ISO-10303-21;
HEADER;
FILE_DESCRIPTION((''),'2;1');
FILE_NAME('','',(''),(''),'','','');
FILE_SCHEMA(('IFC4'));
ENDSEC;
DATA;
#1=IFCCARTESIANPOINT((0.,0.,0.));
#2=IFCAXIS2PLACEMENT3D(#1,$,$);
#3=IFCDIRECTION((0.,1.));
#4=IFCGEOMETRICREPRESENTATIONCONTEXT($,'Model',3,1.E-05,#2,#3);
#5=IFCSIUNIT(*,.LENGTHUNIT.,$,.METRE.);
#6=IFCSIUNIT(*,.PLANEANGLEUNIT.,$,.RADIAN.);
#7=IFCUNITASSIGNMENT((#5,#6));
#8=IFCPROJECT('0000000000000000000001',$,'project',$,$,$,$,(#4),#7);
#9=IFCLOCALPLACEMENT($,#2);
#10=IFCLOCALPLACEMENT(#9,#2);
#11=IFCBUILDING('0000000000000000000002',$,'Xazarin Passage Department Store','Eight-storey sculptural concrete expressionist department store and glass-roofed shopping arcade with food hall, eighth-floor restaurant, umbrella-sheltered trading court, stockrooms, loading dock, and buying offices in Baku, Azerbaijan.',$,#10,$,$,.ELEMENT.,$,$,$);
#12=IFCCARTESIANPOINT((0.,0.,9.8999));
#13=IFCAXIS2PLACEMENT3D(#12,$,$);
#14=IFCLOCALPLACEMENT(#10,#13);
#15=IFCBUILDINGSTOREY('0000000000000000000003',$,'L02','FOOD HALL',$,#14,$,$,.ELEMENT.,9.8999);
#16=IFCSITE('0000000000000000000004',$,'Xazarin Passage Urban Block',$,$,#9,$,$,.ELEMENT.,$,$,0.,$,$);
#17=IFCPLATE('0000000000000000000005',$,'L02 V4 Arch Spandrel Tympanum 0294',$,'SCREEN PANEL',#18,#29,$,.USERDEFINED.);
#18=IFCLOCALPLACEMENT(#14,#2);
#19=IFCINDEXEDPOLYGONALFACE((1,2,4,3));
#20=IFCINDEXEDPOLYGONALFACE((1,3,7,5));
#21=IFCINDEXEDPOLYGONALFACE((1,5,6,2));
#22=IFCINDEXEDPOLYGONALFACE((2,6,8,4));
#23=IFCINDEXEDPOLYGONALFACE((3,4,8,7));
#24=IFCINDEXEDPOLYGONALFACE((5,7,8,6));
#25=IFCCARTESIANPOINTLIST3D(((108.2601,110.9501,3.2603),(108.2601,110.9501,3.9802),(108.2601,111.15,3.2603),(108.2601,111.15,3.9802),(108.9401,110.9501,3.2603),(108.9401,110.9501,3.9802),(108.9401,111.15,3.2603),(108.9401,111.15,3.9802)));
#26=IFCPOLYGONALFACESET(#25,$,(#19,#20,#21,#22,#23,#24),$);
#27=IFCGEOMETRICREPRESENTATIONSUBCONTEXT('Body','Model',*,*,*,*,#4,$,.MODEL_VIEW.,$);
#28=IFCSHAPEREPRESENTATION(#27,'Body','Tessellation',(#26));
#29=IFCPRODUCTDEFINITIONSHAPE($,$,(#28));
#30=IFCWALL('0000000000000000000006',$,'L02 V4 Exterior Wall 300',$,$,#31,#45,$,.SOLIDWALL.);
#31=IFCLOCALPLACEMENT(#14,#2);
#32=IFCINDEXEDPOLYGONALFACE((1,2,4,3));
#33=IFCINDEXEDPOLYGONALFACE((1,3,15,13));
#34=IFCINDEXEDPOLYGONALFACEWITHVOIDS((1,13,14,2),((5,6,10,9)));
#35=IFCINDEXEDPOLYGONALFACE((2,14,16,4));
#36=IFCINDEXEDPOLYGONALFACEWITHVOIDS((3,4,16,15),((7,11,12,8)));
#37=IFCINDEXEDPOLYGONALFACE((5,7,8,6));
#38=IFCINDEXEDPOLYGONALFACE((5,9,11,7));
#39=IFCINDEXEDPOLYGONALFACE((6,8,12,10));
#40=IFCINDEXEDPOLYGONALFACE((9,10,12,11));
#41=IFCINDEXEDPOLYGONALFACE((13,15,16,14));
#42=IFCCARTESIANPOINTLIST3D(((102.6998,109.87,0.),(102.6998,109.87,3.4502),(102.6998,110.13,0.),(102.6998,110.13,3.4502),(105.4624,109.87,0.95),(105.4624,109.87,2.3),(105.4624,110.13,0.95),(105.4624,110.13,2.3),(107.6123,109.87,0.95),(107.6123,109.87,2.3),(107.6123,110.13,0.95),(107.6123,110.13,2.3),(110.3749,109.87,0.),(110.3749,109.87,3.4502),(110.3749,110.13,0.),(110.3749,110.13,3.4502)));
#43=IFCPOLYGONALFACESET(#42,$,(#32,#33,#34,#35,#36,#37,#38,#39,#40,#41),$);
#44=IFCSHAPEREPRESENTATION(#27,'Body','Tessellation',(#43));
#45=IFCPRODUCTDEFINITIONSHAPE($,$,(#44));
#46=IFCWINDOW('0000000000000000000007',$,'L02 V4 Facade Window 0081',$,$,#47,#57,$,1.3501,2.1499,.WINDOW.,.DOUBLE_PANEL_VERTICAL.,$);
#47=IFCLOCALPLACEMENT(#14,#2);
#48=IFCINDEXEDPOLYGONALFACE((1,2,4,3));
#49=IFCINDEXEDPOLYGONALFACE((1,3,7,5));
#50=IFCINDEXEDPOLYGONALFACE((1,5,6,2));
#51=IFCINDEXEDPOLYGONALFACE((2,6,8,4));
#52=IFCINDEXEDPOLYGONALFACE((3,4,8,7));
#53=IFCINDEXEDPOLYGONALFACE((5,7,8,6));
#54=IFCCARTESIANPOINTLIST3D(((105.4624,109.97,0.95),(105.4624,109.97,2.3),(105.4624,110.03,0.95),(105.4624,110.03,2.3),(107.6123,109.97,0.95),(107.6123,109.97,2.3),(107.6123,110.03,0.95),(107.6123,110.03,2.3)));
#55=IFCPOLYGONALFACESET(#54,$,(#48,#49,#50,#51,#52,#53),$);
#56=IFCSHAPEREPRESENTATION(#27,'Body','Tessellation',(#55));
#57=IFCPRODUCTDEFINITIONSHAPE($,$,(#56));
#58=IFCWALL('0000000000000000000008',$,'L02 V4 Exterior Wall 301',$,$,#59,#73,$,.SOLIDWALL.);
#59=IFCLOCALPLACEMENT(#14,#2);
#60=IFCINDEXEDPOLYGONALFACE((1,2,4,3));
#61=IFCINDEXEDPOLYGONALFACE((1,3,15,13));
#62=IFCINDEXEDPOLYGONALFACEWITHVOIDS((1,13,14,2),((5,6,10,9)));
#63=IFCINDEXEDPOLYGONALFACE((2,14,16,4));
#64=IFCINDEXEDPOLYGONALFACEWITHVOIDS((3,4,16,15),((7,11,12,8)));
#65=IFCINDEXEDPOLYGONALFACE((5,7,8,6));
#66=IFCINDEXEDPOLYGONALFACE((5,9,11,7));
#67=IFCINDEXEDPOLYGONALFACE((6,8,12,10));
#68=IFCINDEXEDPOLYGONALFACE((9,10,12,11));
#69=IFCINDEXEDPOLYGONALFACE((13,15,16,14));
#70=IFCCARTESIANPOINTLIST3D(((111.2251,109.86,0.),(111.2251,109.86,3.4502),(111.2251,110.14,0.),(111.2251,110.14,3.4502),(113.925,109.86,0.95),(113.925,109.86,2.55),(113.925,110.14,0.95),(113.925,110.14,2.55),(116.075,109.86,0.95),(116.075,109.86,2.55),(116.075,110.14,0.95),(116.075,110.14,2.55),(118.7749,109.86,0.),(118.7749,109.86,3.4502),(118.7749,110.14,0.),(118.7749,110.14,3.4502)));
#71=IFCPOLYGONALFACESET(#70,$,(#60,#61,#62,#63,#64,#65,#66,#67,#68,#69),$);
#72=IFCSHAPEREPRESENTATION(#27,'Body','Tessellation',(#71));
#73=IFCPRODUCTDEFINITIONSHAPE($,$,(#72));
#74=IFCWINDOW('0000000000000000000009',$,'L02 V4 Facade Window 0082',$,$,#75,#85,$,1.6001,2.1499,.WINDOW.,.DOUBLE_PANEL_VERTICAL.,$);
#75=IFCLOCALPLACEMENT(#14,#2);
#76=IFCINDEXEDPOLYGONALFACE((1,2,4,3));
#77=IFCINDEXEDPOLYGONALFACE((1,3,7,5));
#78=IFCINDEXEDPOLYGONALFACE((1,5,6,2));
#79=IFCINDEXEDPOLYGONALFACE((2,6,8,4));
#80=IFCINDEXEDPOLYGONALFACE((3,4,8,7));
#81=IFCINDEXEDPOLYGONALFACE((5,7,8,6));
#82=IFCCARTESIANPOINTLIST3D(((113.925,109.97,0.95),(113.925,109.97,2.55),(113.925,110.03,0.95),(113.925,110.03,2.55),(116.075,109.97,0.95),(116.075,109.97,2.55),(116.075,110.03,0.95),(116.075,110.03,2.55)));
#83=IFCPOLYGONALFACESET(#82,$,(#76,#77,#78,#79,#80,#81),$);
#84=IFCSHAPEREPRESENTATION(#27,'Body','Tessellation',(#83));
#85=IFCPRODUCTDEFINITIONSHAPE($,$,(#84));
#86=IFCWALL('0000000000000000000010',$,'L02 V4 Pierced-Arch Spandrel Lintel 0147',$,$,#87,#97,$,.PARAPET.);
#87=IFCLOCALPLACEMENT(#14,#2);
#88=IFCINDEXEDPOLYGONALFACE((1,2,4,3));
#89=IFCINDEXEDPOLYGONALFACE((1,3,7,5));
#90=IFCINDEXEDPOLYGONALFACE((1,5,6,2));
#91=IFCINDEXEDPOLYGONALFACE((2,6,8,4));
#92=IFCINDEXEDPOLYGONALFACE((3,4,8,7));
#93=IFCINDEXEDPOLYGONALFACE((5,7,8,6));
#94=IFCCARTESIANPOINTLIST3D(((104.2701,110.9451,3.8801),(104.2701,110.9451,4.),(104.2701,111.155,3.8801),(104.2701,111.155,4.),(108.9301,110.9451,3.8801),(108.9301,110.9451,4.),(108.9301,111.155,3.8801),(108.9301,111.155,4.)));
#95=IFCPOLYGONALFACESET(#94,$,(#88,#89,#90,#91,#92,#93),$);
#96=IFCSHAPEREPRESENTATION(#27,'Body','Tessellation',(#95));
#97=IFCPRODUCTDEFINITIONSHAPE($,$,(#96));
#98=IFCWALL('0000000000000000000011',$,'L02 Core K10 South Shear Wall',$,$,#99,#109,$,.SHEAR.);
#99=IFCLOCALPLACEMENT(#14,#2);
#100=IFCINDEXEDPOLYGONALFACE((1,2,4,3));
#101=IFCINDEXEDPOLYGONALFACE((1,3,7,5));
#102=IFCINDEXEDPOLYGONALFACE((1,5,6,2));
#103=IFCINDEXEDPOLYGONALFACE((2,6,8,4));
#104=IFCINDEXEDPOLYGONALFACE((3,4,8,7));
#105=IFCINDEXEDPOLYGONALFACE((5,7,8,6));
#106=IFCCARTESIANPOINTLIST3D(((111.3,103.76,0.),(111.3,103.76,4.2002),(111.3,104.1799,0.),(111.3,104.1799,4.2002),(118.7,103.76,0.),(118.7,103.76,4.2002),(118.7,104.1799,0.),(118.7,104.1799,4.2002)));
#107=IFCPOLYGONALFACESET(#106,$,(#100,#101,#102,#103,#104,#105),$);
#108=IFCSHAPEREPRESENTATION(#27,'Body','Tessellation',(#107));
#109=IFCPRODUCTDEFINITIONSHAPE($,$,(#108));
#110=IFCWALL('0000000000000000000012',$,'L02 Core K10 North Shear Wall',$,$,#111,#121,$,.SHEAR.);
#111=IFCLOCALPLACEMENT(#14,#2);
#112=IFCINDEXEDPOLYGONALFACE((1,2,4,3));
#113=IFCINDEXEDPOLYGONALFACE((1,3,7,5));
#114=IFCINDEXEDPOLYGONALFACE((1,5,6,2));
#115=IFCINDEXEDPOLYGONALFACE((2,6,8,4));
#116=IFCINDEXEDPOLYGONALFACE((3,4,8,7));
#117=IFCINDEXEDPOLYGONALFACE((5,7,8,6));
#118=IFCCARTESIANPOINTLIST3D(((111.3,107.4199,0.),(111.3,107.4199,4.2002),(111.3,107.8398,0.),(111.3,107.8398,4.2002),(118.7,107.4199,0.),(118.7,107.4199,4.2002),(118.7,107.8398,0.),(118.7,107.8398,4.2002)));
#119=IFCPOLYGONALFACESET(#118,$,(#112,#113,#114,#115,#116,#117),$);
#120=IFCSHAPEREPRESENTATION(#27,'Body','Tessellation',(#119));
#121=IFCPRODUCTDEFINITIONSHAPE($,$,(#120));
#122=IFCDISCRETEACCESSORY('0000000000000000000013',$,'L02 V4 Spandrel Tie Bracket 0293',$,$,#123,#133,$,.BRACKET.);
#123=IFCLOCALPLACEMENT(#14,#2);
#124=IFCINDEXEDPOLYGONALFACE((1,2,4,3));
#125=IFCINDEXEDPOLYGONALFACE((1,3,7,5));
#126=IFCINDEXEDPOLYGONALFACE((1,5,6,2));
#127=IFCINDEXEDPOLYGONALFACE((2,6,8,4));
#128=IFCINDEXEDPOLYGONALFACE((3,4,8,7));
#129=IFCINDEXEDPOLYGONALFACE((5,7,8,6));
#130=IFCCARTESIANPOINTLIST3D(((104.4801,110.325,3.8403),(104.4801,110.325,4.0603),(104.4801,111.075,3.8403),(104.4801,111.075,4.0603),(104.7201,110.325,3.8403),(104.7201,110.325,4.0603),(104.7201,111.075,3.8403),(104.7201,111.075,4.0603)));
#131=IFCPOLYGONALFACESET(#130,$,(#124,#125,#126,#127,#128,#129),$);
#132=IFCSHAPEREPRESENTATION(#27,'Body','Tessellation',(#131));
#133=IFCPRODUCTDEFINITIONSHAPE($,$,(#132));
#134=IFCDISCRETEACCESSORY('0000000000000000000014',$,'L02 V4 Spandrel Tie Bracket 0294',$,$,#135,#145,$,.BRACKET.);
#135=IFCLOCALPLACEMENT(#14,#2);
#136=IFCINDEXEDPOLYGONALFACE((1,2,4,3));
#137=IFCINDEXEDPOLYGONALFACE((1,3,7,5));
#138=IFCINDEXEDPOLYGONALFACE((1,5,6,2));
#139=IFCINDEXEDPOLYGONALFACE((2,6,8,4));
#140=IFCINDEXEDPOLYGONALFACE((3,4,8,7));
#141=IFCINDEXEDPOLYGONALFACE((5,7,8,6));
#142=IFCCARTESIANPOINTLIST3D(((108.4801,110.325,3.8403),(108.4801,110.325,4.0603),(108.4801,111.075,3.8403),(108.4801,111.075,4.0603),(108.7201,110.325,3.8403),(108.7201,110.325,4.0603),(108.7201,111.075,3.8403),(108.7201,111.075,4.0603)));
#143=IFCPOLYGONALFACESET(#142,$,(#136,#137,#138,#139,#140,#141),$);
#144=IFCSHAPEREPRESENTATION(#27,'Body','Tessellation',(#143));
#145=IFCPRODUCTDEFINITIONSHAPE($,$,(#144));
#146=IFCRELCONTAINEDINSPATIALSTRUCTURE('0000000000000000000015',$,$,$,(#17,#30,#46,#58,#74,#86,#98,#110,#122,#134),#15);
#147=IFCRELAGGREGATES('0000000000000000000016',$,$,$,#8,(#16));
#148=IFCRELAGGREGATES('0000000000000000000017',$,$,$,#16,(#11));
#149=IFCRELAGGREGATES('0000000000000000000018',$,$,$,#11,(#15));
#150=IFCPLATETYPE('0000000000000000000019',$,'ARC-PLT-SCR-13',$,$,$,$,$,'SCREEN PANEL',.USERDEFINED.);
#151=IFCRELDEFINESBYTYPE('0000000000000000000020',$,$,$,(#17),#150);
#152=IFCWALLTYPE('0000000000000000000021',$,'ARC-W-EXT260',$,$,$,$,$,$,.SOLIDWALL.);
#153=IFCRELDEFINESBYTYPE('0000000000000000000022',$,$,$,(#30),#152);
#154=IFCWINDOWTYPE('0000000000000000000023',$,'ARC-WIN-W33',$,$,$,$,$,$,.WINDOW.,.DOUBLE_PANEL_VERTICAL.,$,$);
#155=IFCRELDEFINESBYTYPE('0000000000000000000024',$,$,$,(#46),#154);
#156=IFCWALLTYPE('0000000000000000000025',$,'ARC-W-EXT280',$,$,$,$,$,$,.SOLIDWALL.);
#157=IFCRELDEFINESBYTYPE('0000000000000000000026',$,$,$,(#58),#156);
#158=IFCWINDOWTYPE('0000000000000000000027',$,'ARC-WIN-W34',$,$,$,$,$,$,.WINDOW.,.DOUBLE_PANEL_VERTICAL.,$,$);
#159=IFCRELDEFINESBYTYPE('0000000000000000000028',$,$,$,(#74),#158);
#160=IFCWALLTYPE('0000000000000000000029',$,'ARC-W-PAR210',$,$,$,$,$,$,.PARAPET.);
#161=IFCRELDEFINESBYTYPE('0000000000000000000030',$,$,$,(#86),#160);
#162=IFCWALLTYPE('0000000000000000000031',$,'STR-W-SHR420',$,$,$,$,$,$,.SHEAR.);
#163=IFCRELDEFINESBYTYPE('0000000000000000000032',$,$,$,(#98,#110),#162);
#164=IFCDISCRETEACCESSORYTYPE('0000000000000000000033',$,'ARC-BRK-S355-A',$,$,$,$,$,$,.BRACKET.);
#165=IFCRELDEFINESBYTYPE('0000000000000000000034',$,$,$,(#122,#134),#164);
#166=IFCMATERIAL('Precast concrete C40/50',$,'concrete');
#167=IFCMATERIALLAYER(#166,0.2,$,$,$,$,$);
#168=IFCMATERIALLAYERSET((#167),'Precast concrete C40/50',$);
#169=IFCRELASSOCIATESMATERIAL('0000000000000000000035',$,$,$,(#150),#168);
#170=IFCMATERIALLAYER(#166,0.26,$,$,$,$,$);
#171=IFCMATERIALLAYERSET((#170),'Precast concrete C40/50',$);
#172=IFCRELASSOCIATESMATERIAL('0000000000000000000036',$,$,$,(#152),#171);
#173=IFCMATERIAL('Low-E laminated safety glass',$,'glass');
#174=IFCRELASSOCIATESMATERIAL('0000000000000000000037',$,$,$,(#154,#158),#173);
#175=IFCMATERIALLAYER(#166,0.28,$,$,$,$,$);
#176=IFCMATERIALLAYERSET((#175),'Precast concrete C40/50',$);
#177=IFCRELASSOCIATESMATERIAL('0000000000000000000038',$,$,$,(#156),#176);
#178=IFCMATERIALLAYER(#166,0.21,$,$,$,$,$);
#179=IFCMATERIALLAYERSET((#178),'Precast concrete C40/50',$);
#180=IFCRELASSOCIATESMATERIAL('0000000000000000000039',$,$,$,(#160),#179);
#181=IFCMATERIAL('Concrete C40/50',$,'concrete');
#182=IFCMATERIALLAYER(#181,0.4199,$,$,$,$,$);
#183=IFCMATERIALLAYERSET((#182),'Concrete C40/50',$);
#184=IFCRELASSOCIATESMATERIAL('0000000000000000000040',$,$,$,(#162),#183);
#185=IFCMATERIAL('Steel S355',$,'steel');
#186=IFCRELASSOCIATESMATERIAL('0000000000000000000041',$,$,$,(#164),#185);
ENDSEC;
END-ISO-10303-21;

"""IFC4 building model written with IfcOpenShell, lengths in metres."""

from ifc_helpers import new_model, si_unit, direction, frame, frame_2d, origin, origin_2d, place, context, subcontext, project, spatial, rectangle, extrude, material, layer, layer_set, type_object, element, fill, save


model = new_model("IFC4")

# Units and contexts
model_context = context("Model", 3, precision=1e-05, world=origin(), true_north=direction((0.0, 1.0)))
body_context = subcontext(model_context, "Body", "Model", "MODEL_VIEW")
ifc_project = project(units=[si_unit("LENGTHUNIT", "METRE"), si_unit("PLANEANGLEUNIT", "RADIAN")], contexts=[model_context])

# Site, building, storey
site_placement = place(None, origin())
site = spatial("IfcSite", under=ifc_project, at=site_placement, Name="Xazarin Passage Urban Block", CompositionType="ELEMENT", RefElevation=0.0)
building_placement = place(site_placement, origin())
building = spatial("IfcBuilding", under=site, at=building_placement, Name="Xazarin Passage Department Store", Description="Eight-storey sculptural concrete expressionist department store and glass-roofed shopping arcade with food hall, eighth-floor restaurant, umbrella-sheltered trading court, stockrooms, loading dock, and buying offices in Baku, Azerbaijan.", CompositionType="ELEMENT")
storey_placement = place(building_placement, frame((0.0, 0.0, 9.8999)))
storey = spatial("IfcBuildingStorey", under=building, at=storey_placement, Name="L02", Description="FOOD HALL", CompositionType="ELEMENT", Elevation=9.8999)

# Shared definitions
ifc_material_1 = material(Name="Concrete C40/50", Category="concrete")

# Plate
ifc_material_2 = material(Name="Precast concrete C40/50", Category="concrete")
ifc_layer_1 = layer(ifc_material_2, 0.2)
ifc_layer_set_1 = layer_set([ifc_layer_1], Name="Precast concrete C40/50")
plate_type = type_object("IfcPlateType", Name="ARC-PLT-SCR-13", ElementType="SCREEN PANEL", PredefinedType="USERDEFINED", material=ifc_layer_set_1)
for number, where, z_axis, x_axis, name in (
    (1, (108.6001, 111.05, 3.2603), (0.0, 0.0, 1.0), (1.0, 0.0, 0.0), "L02 V4 Arch Spandrel Tympanum 0294"),
):
    element("IfcPlate", number, at=place(storey_placement, frame(where, z_axis=z_axis, x_axis=x_axis)), inside=storey, type_object=plate_type, Name=name, ObjectType="SCREEN PANEL", PredefinedType="USERDEFINED", context=body_context, shape_type="SweptSolid", body=[
        extrude(rectangle(XDim=0.6799, YDim=0.2, at=origin_2d()), origin(), (0.0, 0.0, 1.0), 0.72),
    ])

# Walls, openings, windows
ifc_layer_2 = layer(ifc_material_2, 0.26)
ifc_layer_set_2 = layer_set([ifc_layer_2], Name="Precast concrete C40/50")
wall_type_1 = type_object("IfcWallType", Name="ARC-W-EXT260", PredefinedType="SOLIDWALL", material=ifc_layer_set_2)
wall_1_placement = place(storey_placement, frame((102.7, 110.0, 0.0), z_axis=(0.0, 0.0, 1.0), x_axis=(1.0, 0.0, 0.0)))
wall_1 = element("IfcWall", 2, at=wall_1_placement, inside=storey, type_object=wall_type_1, Name="L02 V4 Exterior Wall 300", PredefinedType="SOLIDWALL", context=body_context, shape_type="SweptSolid", body=[
    extrude(rectangle(XDim=7.675, YDim=0.26, at=frame_2d((3.8374, 0.0))), origin(), (0.0, 0.0, 1.0), 3.4502),
])
opening_1_placement = place(wall_1_placement, frame((2.7625, 0.0, 0.95)))
opening_1 = element("IfcOpeningElement", 3, at=opening_1_placement, cuts=wall_1, PredefinedType="OPENING", context=body_context, shape_type="SweptSolid", body=[
    extrude(rectangle(XDim=2.1499, YDim=1.3501, at=frame_2d((1.075, 0.675))), frame((0.0, 0.1399, 0.0), z_axis=(0.0, -1.0, 0.0), x_axis=(1.0, 0.0, 0.0)), (0.0, 0.0, 1.0), 0.28),
])
ifc_material_3 = material(Name="Low-E laminated safety glass", Category="glass")
window_type_1 = type_object("IfcWindowType", Name="ARC-WIN-W33", PartitioningType="DOUBLE_PANEL_VERTICAL", PredefinedType="WINDOW", material=ifc_material_3)
window_1_placement = place(opening_1_placement, origin())
window_1 = element("IfcWindow", 4, at=window_1_placement, inside=storey, type_object=window_type_1, Name="L02 V4 Facade Window 0081", OverallHeight=1.3501, OverallWidth=2.1499, PartitioningType="DOUBLE_PANEL_VERTICAL", PredefinedType="WINDOW", context=body_context, shape_type="SweptSolid", body=[
    extrude(rectangle(XDim=2.1499, YDim=1.3501, at=frame_2d((1.075, 0.675))), frame((0.0, 0.03, 0.0), z_axis=(0.0, -1.0, 0.0), x_axis=(1.0, 0.0, 0.0)), (0.0, 0.0, 1.0), 0.0601),
])
fill(opening_1, window_1)
ifc_layer_3 = layer(ifc_material_2, 0.28)
ifc_layer_set_3 = layer_set([ifc_layer_3], Name="Precast concrete C40/50")
wall_type_2 = type_object("IfcWallType", Name="ARC-W-EXT280", PredefinedType="SOLIDWALL", material=ifc_layer_set_3)
wall_2_placement = place(storey_placement, frame((111.2251, 110.0, 0.0), z_axis=(0.0, 0.0, 1.0), x_axis=(1.0, 0.0, 0.0)))
wall_2 = element("IfcWall", 5, at=wall_2_placement, inside=storey, type_object=wall_type_2, Name="L02 V4 Exterior Wall 301", PredefinedType="SOLIDWALL", context=body_context, shape_type="SweptSolid", body=[
    extrude(rectangle(XDim=7.5498, YDim=0.28, at=frame_2d((3.7749, 0.0))), origin(), (0.0, 0.0, 1.0), 3.4502),
])
opening_2_placement = place(wall_2_placement, frame((2.7, 0.0, 0.95)))
opening_2 = element("IfcOpeningElement", 6, at=opening_2_placement, cuts=wall_2, PredefinedType="OPENING", context=body_context, shape_type="SweptSolid", body=[
    extrude(rectangle(XDim=2.1499, YDim=1.6001, at=frame_2d((1.075, 0.8))), frame((0.0, 0.1499, 0.0), z_axis=(0.0, -1.0, 0.0), x_axis=(1.0, 0.0, 0.0)), (0.0, 0.0, 1.0), 0.3),
])
window_type_2 = type_object("IfcWindowType", Name="ARC-WIN-W34", PartitioningType="DOUBLE_PANEL_VERTICAL", PredefinedType="WINDOW", material=ifc_material_3)
window_2_placement = place(opening_2_placement, origin())
window_2 = element("IfcWindow", 7, at=window_2_placement, inside=storey, type_object=window_type_2, Name="L02 V4 Facade Window 0082", OverallHeight=1.6001, OverallWidth=2.1499, PartitioningType="DOUBLE_PANEL_VERTICAL", PredefinedType="WINDOW", context=body_context, shape_type="SweptSolid", body=[
    extrude(rectangle(XDim=2.1499, YDim=1.6001, at=frame_2d((1.075, 0.8))), frame((0.0, 0.03, 0.0), z_axis=(0.0, -1.0, 0.0), x_axis=(1.0, 0.0, 0.0)), (0.0, 0.0, 1.0), 0.0601),
])
fill(opening_2, window_2)

# Wall
ifc_layer_4 = layer(ifc_material_2, 0.21)
ifc_layer_set_4 = layer_set([ifc_layer_4], Name="Precast concrete C40/50")
wall_type_3 = type_object("IfcWallType", Name="ARC-W-PAR210", PredefinedType="PARAPET", material=ifc_layer_set_4)
wall_3_placement = place(storey_placement, frame((104.27, 111.05, 3.8801), z_axis=(0.0, 0.0, 1.0), x_axis=(1.0, 0.0, 0.0)))
element("IfcWall", 8, at=wall_3_placement, inside=storey, type_object=wall_type_3, Name="L02 V4 Pierced-Arch Spandrel Lintel 0147", PredefinedType="PARAPET", context=body_context, shape_type="SweptSolid", body=[
    extrude(rectangle(XDim=4.6599, YDim=0.21, at=frame_2d((2.3301, 0.0))), origin(), (0.0, 0.0, 1.0), 0.1199),
])

# Shared definitions
ifc_layer_5 = layer(ifc_material_1, 0.4199)
ifc_layer_set_5 = layer_set([ifc_layer_5], Name="Concrete C40/50")
wall_type_4 = type_object("IfcWallType", Name="STR-W-SHR420", PredefinedType="SHEAR", material=ifc_layer_set_5)
ifc_material_4 = material(Name="Steel S355", Category="steel")

# Walls
for number, where, z_axis, x_axis, name in (
    (9, (111.3, 103.97, 0.0), (0.0, 0.0, 1.0), (1.0, 0.0, 0.0), "L02 Core K10 South Shear Wall"),
    (10, (111.3, 107.6299, 0.0), (0.0, 0.0, 1.0), (1.0, 0.0, 0.0), "L02 Core K10 North Shear Wall"),
):
    element("IfcWall", number, at=place(storey_placement, frame(where, z_axis=z_axis, x_axis=x_axis)), inside=storey, type_object=wall_type_4, Name=name, PredefinedType="SHEAR", context=body_context, shape_type="SweptSolid", body=[
        extrude(rectangle(XDim=7.3999, YDim=0.4199, at=frame_2d((3.7, 0.0))), origin(), (0.0, 0.0, 1.0), 4.2002),
    ])

# Discrete accessories
discrete_accessory_type = type_object("IfcDiscreteAccessoryType", Name="ARC-BRK-S355-A", PredefinedType="BRACKET", material=ifc_material_4)
for number, where, z_axis, x_axis, name in (
    (11, (104.6001, 110.7, 3.8403), (0.0, 0.0, 1.0), (1.0, 0.0, 0.0), "L02 V4 Spandrel Tie Bracket 0293"),
    (12, (108.6001, 110.7, 3.8403), (0.0, 0.0, 1.0), (1.0, 0.0, 0.0), "L02 V4 Spandrel Tie Bracket 0294"),
):
    element("IfcDiscreteAccessory", number, at=place(storey_placement, frame(where, z_axis=z_axis, x_axis=x_axis)), inside=storey, type_object=discrete_accessory_type, Name=name, PredefinedType="BRACKET", context=body_context, shape_type="SweptSolid", body=[
        extrude(rectangle(XDim=0.24, YDim=0.75, at=origin_2d()), origin(), (0.0, 0.0, 1.0), 0.22),
    ])

save(model, "model.ifc")
